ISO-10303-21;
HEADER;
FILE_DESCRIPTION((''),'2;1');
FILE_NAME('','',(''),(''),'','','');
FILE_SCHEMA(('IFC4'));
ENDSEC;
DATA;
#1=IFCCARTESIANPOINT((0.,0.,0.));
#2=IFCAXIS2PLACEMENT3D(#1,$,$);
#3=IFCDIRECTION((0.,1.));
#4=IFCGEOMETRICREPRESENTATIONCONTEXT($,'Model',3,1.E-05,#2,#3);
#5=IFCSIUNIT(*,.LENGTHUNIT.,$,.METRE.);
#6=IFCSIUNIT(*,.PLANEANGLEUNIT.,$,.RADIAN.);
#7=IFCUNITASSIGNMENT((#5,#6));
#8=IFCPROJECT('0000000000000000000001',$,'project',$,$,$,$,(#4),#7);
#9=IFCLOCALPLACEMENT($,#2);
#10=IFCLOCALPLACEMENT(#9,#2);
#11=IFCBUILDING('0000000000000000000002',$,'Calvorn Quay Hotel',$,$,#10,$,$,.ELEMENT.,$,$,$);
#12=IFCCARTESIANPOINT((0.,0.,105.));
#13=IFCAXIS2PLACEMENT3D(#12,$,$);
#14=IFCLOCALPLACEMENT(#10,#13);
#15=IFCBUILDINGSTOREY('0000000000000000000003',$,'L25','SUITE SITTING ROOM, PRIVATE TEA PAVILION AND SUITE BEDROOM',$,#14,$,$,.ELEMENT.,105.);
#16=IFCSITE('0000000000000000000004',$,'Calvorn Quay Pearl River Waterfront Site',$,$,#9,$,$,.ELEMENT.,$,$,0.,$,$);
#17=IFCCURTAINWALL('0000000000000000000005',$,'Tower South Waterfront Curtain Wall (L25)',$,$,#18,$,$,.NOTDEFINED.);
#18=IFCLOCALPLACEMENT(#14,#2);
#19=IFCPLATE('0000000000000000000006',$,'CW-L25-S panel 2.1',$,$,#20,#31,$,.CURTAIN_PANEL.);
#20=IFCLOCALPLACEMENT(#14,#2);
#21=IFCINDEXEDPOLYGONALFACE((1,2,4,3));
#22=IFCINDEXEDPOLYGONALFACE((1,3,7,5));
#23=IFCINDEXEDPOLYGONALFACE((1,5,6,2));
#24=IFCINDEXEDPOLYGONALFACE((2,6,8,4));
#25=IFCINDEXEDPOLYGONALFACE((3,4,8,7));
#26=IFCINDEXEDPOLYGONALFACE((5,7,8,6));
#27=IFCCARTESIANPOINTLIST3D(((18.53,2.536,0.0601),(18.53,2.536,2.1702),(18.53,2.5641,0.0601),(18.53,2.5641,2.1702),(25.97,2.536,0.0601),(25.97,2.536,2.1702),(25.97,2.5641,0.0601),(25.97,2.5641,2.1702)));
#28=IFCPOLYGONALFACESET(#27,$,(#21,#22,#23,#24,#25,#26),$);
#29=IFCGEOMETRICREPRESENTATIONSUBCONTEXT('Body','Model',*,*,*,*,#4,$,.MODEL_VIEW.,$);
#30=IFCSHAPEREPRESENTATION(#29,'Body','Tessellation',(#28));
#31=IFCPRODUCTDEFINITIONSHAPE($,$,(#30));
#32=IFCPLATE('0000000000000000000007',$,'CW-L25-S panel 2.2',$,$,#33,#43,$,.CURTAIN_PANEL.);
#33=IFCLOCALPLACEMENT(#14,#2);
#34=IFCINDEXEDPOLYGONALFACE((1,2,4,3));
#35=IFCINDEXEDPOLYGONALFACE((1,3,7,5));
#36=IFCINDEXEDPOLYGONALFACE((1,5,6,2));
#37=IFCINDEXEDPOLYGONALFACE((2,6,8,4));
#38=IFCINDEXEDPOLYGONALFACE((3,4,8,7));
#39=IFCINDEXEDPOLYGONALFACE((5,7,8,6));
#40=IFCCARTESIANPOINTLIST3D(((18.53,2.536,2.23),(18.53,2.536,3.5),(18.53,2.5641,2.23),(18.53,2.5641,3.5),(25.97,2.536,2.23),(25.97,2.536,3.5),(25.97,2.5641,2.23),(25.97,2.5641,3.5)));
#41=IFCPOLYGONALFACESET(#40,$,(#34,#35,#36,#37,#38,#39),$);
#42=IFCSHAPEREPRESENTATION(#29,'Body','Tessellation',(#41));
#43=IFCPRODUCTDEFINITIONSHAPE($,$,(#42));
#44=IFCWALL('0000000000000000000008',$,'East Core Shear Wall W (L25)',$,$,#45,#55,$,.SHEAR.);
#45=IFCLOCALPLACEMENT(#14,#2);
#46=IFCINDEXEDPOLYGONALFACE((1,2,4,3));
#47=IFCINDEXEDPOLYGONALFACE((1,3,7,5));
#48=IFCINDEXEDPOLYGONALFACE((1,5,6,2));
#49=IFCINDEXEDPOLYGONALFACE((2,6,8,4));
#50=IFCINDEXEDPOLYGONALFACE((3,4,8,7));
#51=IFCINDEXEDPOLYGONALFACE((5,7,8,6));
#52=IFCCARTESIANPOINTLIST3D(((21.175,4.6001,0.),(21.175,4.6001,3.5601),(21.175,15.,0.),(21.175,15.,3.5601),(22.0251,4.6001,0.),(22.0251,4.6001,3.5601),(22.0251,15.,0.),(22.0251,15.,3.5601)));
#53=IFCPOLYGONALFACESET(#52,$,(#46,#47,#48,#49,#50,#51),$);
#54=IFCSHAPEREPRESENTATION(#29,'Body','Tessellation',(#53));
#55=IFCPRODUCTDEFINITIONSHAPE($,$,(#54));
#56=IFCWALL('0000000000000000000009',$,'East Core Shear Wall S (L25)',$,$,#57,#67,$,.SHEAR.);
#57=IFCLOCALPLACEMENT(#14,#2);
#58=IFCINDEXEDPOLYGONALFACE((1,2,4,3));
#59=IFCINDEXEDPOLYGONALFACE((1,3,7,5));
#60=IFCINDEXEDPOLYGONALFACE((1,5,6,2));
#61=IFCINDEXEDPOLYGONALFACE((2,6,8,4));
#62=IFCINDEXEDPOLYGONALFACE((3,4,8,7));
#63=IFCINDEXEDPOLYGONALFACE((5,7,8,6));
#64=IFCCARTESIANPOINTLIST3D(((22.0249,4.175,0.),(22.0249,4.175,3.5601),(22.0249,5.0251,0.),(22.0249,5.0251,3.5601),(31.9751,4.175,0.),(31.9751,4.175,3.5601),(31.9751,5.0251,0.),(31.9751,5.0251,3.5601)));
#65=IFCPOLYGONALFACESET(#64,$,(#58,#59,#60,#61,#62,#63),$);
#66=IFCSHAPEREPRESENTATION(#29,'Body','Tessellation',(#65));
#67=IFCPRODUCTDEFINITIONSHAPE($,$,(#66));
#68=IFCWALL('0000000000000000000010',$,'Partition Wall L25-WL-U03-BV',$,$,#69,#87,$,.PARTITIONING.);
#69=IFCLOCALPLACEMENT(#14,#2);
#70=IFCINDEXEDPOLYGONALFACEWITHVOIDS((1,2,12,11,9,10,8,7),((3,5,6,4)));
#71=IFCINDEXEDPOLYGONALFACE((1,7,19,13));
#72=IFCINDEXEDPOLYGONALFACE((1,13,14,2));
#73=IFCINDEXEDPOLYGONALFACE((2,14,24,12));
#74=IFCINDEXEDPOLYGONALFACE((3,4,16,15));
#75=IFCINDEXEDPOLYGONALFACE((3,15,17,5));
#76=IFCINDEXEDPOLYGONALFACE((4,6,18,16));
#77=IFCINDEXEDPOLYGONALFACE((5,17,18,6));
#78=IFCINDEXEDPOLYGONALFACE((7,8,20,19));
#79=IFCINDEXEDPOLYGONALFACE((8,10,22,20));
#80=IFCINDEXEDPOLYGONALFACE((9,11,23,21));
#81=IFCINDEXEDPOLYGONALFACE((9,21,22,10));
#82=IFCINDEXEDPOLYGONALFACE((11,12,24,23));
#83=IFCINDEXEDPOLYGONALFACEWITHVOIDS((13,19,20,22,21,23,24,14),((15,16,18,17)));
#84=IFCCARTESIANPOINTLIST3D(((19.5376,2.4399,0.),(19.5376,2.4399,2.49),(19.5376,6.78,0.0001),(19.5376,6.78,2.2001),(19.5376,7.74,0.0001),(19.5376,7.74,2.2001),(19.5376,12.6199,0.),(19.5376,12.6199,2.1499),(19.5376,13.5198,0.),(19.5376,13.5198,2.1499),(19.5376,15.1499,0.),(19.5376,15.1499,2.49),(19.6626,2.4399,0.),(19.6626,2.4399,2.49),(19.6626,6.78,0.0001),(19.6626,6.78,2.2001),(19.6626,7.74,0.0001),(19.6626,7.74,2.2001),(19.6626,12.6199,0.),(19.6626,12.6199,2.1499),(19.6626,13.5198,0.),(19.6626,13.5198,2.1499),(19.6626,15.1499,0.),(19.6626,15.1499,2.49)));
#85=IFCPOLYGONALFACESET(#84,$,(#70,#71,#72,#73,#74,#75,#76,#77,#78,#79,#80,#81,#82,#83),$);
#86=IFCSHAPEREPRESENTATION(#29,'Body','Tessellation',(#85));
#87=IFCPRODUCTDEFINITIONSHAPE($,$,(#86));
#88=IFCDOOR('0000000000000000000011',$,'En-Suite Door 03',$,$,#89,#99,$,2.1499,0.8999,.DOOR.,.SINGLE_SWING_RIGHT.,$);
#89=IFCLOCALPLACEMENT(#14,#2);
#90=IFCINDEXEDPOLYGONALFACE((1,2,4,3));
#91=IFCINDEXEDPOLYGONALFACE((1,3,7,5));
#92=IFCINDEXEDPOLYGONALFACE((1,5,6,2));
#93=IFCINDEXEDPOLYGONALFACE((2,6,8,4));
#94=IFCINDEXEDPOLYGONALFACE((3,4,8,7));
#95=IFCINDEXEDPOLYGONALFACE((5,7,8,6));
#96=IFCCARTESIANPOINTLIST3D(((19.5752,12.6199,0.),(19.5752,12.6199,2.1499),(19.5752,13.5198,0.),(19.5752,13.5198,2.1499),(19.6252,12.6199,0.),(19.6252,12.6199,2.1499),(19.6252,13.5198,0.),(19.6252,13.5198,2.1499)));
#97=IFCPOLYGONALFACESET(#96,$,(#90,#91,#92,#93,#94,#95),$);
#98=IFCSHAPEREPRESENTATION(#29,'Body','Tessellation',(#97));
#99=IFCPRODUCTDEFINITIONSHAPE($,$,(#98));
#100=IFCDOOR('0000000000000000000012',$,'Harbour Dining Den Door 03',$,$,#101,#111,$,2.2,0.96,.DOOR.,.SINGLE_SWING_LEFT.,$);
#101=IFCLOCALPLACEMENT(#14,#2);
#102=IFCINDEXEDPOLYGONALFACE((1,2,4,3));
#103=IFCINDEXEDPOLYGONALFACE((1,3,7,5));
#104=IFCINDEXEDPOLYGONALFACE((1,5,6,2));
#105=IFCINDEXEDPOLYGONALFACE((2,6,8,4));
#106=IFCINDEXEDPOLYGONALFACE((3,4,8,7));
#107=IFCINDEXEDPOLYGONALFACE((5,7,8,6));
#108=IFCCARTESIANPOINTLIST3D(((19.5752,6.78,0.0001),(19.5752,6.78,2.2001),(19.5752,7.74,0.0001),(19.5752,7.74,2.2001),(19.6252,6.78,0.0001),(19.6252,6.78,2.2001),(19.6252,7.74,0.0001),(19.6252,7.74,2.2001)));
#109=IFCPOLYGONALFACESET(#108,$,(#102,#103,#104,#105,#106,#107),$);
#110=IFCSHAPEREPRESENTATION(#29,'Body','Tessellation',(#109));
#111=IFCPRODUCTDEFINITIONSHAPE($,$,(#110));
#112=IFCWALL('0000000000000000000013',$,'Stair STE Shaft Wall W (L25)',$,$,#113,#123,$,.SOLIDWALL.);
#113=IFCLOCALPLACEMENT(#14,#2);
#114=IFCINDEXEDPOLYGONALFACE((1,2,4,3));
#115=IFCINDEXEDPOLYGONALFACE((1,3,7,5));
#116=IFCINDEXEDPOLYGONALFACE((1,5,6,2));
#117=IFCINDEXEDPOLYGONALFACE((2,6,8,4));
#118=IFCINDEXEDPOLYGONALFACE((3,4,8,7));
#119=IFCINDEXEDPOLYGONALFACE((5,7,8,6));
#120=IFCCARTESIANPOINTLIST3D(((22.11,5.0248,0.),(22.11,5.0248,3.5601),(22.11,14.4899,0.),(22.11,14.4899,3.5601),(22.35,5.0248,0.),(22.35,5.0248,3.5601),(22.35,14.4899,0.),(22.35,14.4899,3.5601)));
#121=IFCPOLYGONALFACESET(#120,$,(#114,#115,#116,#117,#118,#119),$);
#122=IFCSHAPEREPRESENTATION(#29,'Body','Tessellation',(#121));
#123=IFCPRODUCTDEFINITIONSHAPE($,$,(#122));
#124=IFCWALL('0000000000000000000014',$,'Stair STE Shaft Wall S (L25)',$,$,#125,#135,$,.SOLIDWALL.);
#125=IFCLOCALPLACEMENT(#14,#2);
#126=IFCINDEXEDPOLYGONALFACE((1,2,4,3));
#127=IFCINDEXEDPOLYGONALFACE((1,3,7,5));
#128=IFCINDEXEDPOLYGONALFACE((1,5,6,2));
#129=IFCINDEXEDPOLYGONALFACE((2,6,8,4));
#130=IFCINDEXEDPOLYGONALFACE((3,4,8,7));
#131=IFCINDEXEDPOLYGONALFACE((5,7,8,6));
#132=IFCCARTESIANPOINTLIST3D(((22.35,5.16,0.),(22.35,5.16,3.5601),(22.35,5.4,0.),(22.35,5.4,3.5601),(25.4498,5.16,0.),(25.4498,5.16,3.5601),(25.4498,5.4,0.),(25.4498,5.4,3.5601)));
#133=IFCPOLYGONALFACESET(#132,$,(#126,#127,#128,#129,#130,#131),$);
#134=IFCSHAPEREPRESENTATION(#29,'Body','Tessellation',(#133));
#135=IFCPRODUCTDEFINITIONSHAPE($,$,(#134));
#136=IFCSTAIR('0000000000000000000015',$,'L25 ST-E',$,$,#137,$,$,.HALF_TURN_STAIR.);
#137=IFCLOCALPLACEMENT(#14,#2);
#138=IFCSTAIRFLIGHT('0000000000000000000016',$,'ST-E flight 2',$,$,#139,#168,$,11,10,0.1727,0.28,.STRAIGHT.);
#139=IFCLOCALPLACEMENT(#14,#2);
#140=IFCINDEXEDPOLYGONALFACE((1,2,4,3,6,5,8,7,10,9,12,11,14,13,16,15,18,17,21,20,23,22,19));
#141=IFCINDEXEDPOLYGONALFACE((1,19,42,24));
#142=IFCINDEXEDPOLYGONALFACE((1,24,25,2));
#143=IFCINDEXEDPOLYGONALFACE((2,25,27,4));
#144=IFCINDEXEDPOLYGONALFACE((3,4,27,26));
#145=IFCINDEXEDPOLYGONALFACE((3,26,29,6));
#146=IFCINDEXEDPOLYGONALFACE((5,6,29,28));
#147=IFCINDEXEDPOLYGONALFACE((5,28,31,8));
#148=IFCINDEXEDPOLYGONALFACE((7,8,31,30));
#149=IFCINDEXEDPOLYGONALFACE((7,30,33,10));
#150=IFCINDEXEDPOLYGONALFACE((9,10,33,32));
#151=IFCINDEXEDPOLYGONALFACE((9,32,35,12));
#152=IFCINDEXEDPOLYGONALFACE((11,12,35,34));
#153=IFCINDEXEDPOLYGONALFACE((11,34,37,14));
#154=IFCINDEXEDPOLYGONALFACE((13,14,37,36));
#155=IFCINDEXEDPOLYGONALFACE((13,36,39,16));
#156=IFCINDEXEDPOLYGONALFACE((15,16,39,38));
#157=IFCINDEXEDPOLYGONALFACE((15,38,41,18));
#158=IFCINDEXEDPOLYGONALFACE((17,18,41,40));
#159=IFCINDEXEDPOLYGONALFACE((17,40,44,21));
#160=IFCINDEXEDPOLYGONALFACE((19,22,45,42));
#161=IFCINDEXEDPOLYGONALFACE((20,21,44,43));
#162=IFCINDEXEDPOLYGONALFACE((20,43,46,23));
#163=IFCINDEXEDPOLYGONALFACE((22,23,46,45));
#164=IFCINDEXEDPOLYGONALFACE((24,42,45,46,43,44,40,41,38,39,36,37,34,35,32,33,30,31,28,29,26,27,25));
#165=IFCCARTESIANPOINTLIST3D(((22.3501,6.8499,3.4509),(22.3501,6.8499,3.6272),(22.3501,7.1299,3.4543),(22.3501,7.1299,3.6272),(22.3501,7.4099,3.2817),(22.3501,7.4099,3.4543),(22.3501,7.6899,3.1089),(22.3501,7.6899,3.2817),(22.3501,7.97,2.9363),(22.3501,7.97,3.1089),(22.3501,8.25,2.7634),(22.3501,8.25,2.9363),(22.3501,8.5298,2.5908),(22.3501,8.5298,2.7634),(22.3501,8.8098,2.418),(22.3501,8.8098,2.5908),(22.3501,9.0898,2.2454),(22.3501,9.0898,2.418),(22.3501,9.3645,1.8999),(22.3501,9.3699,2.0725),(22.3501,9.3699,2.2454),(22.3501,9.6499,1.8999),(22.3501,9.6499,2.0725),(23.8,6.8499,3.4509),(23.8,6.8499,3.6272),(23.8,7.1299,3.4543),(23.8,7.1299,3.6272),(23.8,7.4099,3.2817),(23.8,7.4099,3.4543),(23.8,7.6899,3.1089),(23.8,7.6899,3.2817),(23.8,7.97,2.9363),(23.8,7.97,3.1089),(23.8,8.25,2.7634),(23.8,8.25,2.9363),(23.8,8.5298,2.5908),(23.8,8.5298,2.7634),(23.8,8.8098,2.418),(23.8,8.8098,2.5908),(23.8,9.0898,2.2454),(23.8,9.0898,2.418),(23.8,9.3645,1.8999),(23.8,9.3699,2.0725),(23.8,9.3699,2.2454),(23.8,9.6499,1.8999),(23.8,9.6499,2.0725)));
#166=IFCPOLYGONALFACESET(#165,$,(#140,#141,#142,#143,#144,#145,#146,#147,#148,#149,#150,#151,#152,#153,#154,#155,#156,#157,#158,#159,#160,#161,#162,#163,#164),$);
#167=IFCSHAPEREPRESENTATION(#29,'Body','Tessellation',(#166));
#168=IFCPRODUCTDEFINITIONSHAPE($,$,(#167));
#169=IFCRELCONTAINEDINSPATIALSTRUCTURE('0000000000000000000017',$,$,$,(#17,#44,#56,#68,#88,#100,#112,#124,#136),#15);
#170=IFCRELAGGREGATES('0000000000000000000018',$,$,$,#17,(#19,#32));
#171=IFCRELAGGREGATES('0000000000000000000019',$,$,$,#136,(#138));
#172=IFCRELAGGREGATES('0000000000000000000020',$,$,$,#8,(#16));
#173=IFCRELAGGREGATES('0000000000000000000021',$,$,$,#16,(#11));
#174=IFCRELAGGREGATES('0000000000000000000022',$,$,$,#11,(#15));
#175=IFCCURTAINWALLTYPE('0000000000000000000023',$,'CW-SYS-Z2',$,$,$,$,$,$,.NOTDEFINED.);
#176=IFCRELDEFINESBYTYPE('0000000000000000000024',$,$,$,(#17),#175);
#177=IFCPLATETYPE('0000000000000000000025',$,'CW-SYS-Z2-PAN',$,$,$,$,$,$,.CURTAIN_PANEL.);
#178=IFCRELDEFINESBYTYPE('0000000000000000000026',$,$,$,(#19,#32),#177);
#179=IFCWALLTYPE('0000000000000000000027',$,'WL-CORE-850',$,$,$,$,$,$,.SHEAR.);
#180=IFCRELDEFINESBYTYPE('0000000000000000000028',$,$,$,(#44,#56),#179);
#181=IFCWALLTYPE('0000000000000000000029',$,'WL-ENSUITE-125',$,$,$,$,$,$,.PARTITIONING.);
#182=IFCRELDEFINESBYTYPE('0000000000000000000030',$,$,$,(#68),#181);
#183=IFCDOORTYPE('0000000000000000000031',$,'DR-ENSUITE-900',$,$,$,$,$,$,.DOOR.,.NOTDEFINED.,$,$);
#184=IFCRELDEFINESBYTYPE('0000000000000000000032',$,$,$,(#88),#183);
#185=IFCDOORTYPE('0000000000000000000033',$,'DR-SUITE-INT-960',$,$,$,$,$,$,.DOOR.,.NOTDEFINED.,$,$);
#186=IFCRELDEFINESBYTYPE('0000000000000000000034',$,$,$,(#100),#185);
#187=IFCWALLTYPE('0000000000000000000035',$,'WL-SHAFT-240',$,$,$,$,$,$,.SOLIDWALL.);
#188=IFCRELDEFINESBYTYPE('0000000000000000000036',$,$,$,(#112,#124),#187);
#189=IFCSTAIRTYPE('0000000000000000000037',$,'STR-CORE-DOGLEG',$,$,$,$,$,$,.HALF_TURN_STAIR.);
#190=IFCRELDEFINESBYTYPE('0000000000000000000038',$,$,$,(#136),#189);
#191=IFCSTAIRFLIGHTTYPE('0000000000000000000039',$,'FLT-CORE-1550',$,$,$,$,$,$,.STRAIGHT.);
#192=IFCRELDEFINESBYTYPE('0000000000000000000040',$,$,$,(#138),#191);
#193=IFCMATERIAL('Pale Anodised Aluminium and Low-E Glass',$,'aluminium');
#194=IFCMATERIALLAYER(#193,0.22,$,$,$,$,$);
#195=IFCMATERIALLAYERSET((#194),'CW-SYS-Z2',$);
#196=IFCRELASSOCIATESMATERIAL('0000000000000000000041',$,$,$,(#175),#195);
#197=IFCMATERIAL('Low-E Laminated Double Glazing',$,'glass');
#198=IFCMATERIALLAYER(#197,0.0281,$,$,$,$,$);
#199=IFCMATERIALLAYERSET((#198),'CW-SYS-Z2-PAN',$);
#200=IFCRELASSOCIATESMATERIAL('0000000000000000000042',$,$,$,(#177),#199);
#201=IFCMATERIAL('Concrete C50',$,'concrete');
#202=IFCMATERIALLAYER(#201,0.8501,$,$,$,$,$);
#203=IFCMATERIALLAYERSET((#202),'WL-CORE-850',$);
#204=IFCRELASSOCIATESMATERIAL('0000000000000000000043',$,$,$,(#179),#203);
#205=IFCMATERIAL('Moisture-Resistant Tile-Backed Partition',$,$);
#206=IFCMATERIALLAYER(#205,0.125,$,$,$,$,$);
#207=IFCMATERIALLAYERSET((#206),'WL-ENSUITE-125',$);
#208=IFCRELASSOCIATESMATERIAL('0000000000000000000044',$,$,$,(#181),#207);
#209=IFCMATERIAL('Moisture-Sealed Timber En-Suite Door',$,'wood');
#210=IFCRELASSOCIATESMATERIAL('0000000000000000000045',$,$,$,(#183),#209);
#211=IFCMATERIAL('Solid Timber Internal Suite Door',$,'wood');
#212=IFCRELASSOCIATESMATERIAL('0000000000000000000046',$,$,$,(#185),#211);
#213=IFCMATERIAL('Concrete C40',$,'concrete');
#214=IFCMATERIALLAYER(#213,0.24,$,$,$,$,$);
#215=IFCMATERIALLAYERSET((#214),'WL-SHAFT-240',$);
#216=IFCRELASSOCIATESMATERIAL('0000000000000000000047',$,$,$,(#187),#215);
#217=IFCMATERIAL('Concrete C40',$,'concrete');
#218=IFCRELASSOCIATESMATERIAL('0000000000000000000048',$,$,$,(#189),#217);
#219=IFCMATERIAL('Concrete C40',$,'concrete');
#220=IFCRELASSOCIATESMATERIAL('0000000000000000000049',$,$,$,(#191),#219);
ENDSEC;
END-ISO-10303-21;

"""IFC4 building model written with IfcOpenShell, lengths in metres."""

from ifc_helpers import new_model, si_unit, direction, frame, frame_2d, origin, origin_2d, place, context, subcontext, project, spatial, polyline, rectangle, outline, extrude, material, layer, layer_set, type_object, element, fill, aggregate, save


model = new_model("IFC4")

# Units and contexts
model_context = context("Model", 3, precision=1e-05, world=origin(), true_north=direction((0.0, 1.0)))
body_context = subcontext(model_context, "Body", "Model", "MODEL_VIEW")
ifc_project = project(units=[si_unit("LENGTHUNIT", "METRE"), si_unit("PLANEANGLEUNIT", "RADIAN")], contexts=[model_context])

# Site, building, storey
site_placement = place(None, origin())
site = spatial("IfcSite", under=ifc_project, at=site_placement, Name="Calvorn Quay Pearl River Waterfront Site", CompositionType="ELEMENT", RefElevation=0.0)
building_placement = place(site_placement, origin())
building = spatial("IfcBuilding", under=site, at=building_placement, Name="Calvorn Quay Hotel", CompositionType="ELEMENT")
storey_placement = place(building_placement, frame((0.0, 0.0, 105.0)))
storey = spatial("IfcBuildingStorey", under=building, at=storey_placement, Name="L25", Description="SUITE SITTING ROOM, PRIVATE TEA PAVILION AND SUITE BEDROOM", CompositionType="ELEMENT", Elevation=105.0)

# Curtain wall, plates
ifc_material_1 = material(Name="Pale Anodised Aluminium and Low-E Glass", Category="aluminium")
ifc_layer_1 = layer(ifc_material_1, 0.22)
ifc_layer_set_1 = layer_set([ifc_layer_1], Name="CW-SYS-Z2")
curtain_wall_type = type_object("IfcCurtainWallType", Name="CW-SYS-Z2", PredefinedType="NOTDEFINED", material=ifc_layer_set_1)
curtain_wall_placement = place(storey_placement, origin())
curtain_wall = element("IfcCurtainWall", 1, at=curtain_wall_placement, inside=storey, type_object=curtain_wall_type, Name="Tower South Waterfront Curtain Wall (L25)", PredefinedType="NOTDEFINED")
ifc_material_2 = material(Name="Low-E Laminated Double Glazing", Category="glass")
ifc_layer_2 = layer(ifc_material_2, 0.0281)
ifc_layer_set_2 = layer_set([ifc_layer_2], Name="CW-SYS-Z2-PAN")
plate_type = type_object("IfcPlateType", Name="CW-SYS-Z2-PAN", PredefinedType="CURTAIN_PANEL", material=ifc_layer_set_2)
plate_1_placement = place(storey_placement, frame((22.25, 2.55, 0.0601), z_axis=(0.0, 0.0, 1.0), x_axis=(1.0, 0.0, 0.0)))
plate_1 = element("IfcPlate", 2, at=plate_1_placement, type_object=plate_type, Name="CW-L25-S panel 2.1", PredefinedType="CURTAIN_PANEL", context=body_context, shape_type="SweptSolid", body=[
    extrude(rectangle(XDim=7.4399, YDim=0.0281, at=origin_2d()), origin(), (0.0, 0.0, 1.0), 2.1101),
])
plate_2_placement = place(storey_placement, frame((22.25, 2.55, 2.23), z_axis=(0.0, 0.0, 1.0), x_axis=(1.0, 0.0, 0.0)))
plate_2 = element("IfcPlate", 3, at=plate_2_placement, type_object=plate_type, Name="CW-L25-S panel 2.2", PredefinedType="CURTAIN_PANEL", context=body_context, shape_type="SweptSolid", body=[
    extrude(rectangle(XDim=7.4399, YDim=0.0281, at=origin_2d()), origin(), (0.0, 0.0, 1.0), 1.27),
])
aggregate(curtain_wall, [plate_1, plate_2])

# Walls
ifc_material_3 = material(Name="Concrete C50", Category="concrete")
ifc_layer_3 = layer(ifc_material_3, 0.8501)
ifc_layer_set_3 = layer_set([ifc_layer_3], Name="WL-CORE-850")
wall_type_1 = type_object("IfcWallType", Name="WL-CORE-850", PredefinedType="SHEAR", material=ifc_layer_set_3)
wall_1_placement = place(storey_placement, frame((21.6001, 4.6001, 0.0), z_axis=(0.0, 0.0, 1.0), x_axis=(0.0, 1.0, 0.0)))
element("IfcWall", 4, at=wall_1_placement, inside=storey, type_object=wall_type_1, Name="East Core Shear Wall W (L25)", PredefinedType="SHEAR", context=body_context, shape_type="SweptSolid", body=[
    extrude(rectangle(XDim=10.3999, YDim=0.8501, at=frame_2d((5.2, 0.0))), origin(), (0.0, 0.0, 1.0), 3.5601),
])
wall_2_placement = place(storey_placement, frame((22.0249, 4.6001, 0.0), z_axis=(0.0, 0.0, 1.0), x_axis=(1.0, 0.0, 0.0)))
element("IfcWall", 5, at=wall_2_placement, inside=storey, type_object=wall_type_1, Name="East Core Shear Wall S (L25)", PredefinedType="SHEAR", context=body_context, shape_type="SweptSolid", body=[
    extrude(rectangle(XDim=9.9502, YDim=0.8501, at=frame_2d((4.9751, 0.0))), origin(), (0.0, 0.0, 1.0), 3.5601),
])

# Wall, openings, doors
ifc_material_4 = material(Name="Moisture-Resistant Tile-Backed Partition")
ifc_layer_4 = layer(ifc_material_4, 0.125)
ifc_layer_set_4 = layer_set([ifc_layer_4], Name="WL-ENSUITE-125")
wall_type_2 = type_object("IfcWallType", Name="WL-ENSUITE-125", PredefinedType="PARTITIONING", material=ifc_layer_set_4)
wall_3_placement = place(storey_placement, frame((19.6001, 2.4399, 0.0), z_axis=(0.0, 0.0, 1.0), x_axis=(0.0, 1.0, 0.0)))
wall_3 = element("IfcWall", 6, at=wall_3_placement, inside=storey, type_object=wall_type_2, Name="Partition Wall L25-WL-U03-BV", PredefinedType="PARTITIONING", context=body_context, shape_type="SweptSolid", body=[
    extrude(rectangle(XDim=12.71, YDim=0.125, at=frame_2d((6.355, 0.0))), origin(), (0.0, 0.0, 1.0), 2.49),
])
opening_1_placement = place(wall_3_placement, frame((4.3401, 0.0, 0.0)))
opening_1 = element("IfcOpeningElement", 7, at=opening_1_placement, cuts=wall_3, PredefinedType="OPENING", context=body_context, shape_type="SweptSolid", body=[
    extrude(rectangle(XDim=0.96, YDim=2.2, at=frame_2d((0.48, 1.1001))), frame((0.0, 0.0725, 0.0), z_axis=(0.0, -1.0, 0.0), x_axis=(1.0, 0.0, 0.0)), (0.0, 0.0, 1.0), 0.145),
])
opening_2_placement = place(wall_3_placement, frame((10.1799, 0.0, 0.0)))
opening_2 = element("IfcOpeningElement", 8, at=opening_2_placement, cuts=wall_3, PredefinedType="OPENING", context=body_context, shape_type="SweptSolid", body=[
    extrude(rectangle(XDim=0.8999, YDim=2.1499, at=frame_2d((0.45, 1.075))), frame((0.0, 0.0725, 0.0), z_axis=(0.0, -1.0, 0.0), x_axis=(1.0, 0.0, 0.0)), (0.0, 0.0, 1.0), 0.145),
])
ifc_material_5 = material(Name="Moisture-Sealed Timber En-Suite Door", Category="wood")
door_type_1 = type_object("IfcDoorType", Name="DR-ENSUITE-900", OperationType="NOTDEFINED", PredefinedType="DOOR", material=ifc_material_5)
door_1_placement = place(opening_2_placement, origin())
door_1 = element("IfcDoor", 9, at=door_1_placement, inside=storey, type_object=door_type_1, Name="En-Suite Door 03", OperationType="SINGLE_SWING_RIGHT", OverallHeight=2.1499, OverallWidth=0.8999, PredefinedType="DOOR", context=body_context, shape_type="SweptSolid", body=[
    extrude(rectangle(XDim=0.8999, YDim=2.1499, at=frame_2d((0.45, 1.075))), frame((0.0, 0.0249, 0.0), z_axis=(0.0, -1.0, 0.0), x_axis=(1.0, 0.0, 0.0)), (0.0, 0.0, 1.0), 0.05),
])
fill(opening_2, door_1)
ifc_material_6 = material(Name="Solid Timber Internal Suite Door", Category="wood")
door_type_2 = type_object("IfcDoorType", Name="DR-SUITE-INT-960", OperationType="NOTDEFINED", PredefinedType="DOOR", material=ifc_material_6)
door_2_placement = place(opening_1_placement, origin())
door_2 = element("IfcDoor", 10, at=door_2_placement, inside=storey, type_object=door_type_2, Name="Harbour Dining Den Door 03", OperationType="SINGLE_SWING_LEFT", OverallHeight=2.2, OverallWidth=0.96, PredefinedType="DOOR", context=body_context, shape_type="SweptSolid", body=[
    extrude(rectangle(XDim=0.96, YDim=2.2, at=frame_2d((0.48, 1.1001))), frame((0.0, 0.0249, 0.0), z_axis=(0.0, -1.0, 0.0), x_axis=(1.0, 0.0, 0.0)), (0.0, 0.0, 1.0), 0.05),
])
fill(opening_1, door_2)

# Walls
ifc_material_7 = material(Name="Concrete C40", Category="concrete")
ifc_layer_5 = layer(ifc_material_7, 0.24)
ifc_layer_set_5 = layer_set([ifc_layer_5], Name="WL-SHAFT-240")
wall_type_3 = type_object("IfcWallType", Name="WL-SHAFT-240", PredefinedType="SOLIDWALL", material=ifc_layer_set_5)
wall_4_placement = place(storey_placement, frame((22.23, 5.0249, 0.0), z_axis=(0.0, 0.0, 1.0), x_axis=(0.0, 1.0, 0.0)))
element("IfcWall", 11, at=wall_4_placement, inside=storey, type_object=wall_type_3, Name="Stair STE Shaft Wall W (L25)", PredefinedType="SOLIDWALL", context=body_context, shape_type="SweptSolid", body=[
    extrude(rectangle(XDim=9.4651, YDim=0.24, at=frame_2d((4.7324, 0.0))), origin(), (0.0, 0.0, 1.0), 3.5601),
])
wall_5_placement = place(storey_placement, frame((22.3501, 5.28, 0.0), z_axis=(0.0, 0.0, 1.0), x_axis=(1.0, 0.0, 0.0)))
element("IfcWall", 12, at=wall_5_placement, inside=storey, type_object=wall_type_3, Name="Stair STE Shaft Wall S (L25)", PredefinedType="SOLIDWALL", context=body_context, shape_type="SweptSolid", body=[
    extrude(rectangle(XDim=3.0999, YDim=0.24, at=frame_2d((1.5498, 0.0))), origin(), (0.0, 0.0, 1.0), 3.5601),
])

# Stair, stair flight
ifc_material_8 = material(Name="Concrete C40", Category="concrete")
stair_type = type_object("IfcStairType", Name="STR-CORE-DOGLEG", PredefinedType="HALF_TURN_STAIR", material=ifc_material_8)
stair_placement = place(storey_placement, origin())
stair = element("IfcStair", 13, at=stair_placement, inside=storey, type_object=stair_type, Name="L25 ST-E", PredefinedType="HALF_TURN_STAIR")
ifc_material_9 = material(Name="Concrete C40", Category="concrete")
stair_flight_type = type_object("IfcStairFlightType", Name="FLT-CORE-1550", PredefinedType="STRAIGHT", material=ifc_material_9)
stair_flight_placement = place(storey_placement, frame((23.075, 9.6499, 1.8999), z_axis=(0.0, 0.0, 1.0), x_axis=(0.0, -1.0, 0.0)))
stair_flight = element("IfcStairFlight", 14, at=stair_flight_placement, type_object=stair_flight_type, Name="ST-E flight 2", NumberOfRisers=11, NumberOfTreads=10, PredefinedType="STRAIGHT", RiserHeight=0.1727, TreadLength=0.28, context=body_context, shape_type="SweptSolid", body=[
    extrude(outline(polyline([(0.0, 0.0), (0.0, 0.1726), (0.28, 0.1726), (0.28, 0.3455), (0.5601, 0.3455), (0.5601, 0.5181), (0.8401, 0.5181), (0.8401, 0.6909), (1.1201, 0.6909), (1.1201, 0.8635), (1.3999, 0.8635), (1.3999, 1.0364), (1.6799, 1.0364), (1.6799, 1.209), (1.96, 1.209), (1.96, 1.3818), (2.24, 1.3818), (2.24, 1.5544), (2.52, 1.5544), (2.52, 1.7273), (2.8, 1.7273), (2.8, 1.8999), (2.8, 1.551), (0.2854, 0.0), (0.0, 0.0)])), frame((0.0, 0.7251, 0.0), z_axis=(0.0, -1.0, 0.0), x_axis=(1.0, 0.0, 0.0)), (0.0, 0.0, 1.0), 1.45),
])
aggregate(stair, [stair_flight])

save(model, "model.ifc")
